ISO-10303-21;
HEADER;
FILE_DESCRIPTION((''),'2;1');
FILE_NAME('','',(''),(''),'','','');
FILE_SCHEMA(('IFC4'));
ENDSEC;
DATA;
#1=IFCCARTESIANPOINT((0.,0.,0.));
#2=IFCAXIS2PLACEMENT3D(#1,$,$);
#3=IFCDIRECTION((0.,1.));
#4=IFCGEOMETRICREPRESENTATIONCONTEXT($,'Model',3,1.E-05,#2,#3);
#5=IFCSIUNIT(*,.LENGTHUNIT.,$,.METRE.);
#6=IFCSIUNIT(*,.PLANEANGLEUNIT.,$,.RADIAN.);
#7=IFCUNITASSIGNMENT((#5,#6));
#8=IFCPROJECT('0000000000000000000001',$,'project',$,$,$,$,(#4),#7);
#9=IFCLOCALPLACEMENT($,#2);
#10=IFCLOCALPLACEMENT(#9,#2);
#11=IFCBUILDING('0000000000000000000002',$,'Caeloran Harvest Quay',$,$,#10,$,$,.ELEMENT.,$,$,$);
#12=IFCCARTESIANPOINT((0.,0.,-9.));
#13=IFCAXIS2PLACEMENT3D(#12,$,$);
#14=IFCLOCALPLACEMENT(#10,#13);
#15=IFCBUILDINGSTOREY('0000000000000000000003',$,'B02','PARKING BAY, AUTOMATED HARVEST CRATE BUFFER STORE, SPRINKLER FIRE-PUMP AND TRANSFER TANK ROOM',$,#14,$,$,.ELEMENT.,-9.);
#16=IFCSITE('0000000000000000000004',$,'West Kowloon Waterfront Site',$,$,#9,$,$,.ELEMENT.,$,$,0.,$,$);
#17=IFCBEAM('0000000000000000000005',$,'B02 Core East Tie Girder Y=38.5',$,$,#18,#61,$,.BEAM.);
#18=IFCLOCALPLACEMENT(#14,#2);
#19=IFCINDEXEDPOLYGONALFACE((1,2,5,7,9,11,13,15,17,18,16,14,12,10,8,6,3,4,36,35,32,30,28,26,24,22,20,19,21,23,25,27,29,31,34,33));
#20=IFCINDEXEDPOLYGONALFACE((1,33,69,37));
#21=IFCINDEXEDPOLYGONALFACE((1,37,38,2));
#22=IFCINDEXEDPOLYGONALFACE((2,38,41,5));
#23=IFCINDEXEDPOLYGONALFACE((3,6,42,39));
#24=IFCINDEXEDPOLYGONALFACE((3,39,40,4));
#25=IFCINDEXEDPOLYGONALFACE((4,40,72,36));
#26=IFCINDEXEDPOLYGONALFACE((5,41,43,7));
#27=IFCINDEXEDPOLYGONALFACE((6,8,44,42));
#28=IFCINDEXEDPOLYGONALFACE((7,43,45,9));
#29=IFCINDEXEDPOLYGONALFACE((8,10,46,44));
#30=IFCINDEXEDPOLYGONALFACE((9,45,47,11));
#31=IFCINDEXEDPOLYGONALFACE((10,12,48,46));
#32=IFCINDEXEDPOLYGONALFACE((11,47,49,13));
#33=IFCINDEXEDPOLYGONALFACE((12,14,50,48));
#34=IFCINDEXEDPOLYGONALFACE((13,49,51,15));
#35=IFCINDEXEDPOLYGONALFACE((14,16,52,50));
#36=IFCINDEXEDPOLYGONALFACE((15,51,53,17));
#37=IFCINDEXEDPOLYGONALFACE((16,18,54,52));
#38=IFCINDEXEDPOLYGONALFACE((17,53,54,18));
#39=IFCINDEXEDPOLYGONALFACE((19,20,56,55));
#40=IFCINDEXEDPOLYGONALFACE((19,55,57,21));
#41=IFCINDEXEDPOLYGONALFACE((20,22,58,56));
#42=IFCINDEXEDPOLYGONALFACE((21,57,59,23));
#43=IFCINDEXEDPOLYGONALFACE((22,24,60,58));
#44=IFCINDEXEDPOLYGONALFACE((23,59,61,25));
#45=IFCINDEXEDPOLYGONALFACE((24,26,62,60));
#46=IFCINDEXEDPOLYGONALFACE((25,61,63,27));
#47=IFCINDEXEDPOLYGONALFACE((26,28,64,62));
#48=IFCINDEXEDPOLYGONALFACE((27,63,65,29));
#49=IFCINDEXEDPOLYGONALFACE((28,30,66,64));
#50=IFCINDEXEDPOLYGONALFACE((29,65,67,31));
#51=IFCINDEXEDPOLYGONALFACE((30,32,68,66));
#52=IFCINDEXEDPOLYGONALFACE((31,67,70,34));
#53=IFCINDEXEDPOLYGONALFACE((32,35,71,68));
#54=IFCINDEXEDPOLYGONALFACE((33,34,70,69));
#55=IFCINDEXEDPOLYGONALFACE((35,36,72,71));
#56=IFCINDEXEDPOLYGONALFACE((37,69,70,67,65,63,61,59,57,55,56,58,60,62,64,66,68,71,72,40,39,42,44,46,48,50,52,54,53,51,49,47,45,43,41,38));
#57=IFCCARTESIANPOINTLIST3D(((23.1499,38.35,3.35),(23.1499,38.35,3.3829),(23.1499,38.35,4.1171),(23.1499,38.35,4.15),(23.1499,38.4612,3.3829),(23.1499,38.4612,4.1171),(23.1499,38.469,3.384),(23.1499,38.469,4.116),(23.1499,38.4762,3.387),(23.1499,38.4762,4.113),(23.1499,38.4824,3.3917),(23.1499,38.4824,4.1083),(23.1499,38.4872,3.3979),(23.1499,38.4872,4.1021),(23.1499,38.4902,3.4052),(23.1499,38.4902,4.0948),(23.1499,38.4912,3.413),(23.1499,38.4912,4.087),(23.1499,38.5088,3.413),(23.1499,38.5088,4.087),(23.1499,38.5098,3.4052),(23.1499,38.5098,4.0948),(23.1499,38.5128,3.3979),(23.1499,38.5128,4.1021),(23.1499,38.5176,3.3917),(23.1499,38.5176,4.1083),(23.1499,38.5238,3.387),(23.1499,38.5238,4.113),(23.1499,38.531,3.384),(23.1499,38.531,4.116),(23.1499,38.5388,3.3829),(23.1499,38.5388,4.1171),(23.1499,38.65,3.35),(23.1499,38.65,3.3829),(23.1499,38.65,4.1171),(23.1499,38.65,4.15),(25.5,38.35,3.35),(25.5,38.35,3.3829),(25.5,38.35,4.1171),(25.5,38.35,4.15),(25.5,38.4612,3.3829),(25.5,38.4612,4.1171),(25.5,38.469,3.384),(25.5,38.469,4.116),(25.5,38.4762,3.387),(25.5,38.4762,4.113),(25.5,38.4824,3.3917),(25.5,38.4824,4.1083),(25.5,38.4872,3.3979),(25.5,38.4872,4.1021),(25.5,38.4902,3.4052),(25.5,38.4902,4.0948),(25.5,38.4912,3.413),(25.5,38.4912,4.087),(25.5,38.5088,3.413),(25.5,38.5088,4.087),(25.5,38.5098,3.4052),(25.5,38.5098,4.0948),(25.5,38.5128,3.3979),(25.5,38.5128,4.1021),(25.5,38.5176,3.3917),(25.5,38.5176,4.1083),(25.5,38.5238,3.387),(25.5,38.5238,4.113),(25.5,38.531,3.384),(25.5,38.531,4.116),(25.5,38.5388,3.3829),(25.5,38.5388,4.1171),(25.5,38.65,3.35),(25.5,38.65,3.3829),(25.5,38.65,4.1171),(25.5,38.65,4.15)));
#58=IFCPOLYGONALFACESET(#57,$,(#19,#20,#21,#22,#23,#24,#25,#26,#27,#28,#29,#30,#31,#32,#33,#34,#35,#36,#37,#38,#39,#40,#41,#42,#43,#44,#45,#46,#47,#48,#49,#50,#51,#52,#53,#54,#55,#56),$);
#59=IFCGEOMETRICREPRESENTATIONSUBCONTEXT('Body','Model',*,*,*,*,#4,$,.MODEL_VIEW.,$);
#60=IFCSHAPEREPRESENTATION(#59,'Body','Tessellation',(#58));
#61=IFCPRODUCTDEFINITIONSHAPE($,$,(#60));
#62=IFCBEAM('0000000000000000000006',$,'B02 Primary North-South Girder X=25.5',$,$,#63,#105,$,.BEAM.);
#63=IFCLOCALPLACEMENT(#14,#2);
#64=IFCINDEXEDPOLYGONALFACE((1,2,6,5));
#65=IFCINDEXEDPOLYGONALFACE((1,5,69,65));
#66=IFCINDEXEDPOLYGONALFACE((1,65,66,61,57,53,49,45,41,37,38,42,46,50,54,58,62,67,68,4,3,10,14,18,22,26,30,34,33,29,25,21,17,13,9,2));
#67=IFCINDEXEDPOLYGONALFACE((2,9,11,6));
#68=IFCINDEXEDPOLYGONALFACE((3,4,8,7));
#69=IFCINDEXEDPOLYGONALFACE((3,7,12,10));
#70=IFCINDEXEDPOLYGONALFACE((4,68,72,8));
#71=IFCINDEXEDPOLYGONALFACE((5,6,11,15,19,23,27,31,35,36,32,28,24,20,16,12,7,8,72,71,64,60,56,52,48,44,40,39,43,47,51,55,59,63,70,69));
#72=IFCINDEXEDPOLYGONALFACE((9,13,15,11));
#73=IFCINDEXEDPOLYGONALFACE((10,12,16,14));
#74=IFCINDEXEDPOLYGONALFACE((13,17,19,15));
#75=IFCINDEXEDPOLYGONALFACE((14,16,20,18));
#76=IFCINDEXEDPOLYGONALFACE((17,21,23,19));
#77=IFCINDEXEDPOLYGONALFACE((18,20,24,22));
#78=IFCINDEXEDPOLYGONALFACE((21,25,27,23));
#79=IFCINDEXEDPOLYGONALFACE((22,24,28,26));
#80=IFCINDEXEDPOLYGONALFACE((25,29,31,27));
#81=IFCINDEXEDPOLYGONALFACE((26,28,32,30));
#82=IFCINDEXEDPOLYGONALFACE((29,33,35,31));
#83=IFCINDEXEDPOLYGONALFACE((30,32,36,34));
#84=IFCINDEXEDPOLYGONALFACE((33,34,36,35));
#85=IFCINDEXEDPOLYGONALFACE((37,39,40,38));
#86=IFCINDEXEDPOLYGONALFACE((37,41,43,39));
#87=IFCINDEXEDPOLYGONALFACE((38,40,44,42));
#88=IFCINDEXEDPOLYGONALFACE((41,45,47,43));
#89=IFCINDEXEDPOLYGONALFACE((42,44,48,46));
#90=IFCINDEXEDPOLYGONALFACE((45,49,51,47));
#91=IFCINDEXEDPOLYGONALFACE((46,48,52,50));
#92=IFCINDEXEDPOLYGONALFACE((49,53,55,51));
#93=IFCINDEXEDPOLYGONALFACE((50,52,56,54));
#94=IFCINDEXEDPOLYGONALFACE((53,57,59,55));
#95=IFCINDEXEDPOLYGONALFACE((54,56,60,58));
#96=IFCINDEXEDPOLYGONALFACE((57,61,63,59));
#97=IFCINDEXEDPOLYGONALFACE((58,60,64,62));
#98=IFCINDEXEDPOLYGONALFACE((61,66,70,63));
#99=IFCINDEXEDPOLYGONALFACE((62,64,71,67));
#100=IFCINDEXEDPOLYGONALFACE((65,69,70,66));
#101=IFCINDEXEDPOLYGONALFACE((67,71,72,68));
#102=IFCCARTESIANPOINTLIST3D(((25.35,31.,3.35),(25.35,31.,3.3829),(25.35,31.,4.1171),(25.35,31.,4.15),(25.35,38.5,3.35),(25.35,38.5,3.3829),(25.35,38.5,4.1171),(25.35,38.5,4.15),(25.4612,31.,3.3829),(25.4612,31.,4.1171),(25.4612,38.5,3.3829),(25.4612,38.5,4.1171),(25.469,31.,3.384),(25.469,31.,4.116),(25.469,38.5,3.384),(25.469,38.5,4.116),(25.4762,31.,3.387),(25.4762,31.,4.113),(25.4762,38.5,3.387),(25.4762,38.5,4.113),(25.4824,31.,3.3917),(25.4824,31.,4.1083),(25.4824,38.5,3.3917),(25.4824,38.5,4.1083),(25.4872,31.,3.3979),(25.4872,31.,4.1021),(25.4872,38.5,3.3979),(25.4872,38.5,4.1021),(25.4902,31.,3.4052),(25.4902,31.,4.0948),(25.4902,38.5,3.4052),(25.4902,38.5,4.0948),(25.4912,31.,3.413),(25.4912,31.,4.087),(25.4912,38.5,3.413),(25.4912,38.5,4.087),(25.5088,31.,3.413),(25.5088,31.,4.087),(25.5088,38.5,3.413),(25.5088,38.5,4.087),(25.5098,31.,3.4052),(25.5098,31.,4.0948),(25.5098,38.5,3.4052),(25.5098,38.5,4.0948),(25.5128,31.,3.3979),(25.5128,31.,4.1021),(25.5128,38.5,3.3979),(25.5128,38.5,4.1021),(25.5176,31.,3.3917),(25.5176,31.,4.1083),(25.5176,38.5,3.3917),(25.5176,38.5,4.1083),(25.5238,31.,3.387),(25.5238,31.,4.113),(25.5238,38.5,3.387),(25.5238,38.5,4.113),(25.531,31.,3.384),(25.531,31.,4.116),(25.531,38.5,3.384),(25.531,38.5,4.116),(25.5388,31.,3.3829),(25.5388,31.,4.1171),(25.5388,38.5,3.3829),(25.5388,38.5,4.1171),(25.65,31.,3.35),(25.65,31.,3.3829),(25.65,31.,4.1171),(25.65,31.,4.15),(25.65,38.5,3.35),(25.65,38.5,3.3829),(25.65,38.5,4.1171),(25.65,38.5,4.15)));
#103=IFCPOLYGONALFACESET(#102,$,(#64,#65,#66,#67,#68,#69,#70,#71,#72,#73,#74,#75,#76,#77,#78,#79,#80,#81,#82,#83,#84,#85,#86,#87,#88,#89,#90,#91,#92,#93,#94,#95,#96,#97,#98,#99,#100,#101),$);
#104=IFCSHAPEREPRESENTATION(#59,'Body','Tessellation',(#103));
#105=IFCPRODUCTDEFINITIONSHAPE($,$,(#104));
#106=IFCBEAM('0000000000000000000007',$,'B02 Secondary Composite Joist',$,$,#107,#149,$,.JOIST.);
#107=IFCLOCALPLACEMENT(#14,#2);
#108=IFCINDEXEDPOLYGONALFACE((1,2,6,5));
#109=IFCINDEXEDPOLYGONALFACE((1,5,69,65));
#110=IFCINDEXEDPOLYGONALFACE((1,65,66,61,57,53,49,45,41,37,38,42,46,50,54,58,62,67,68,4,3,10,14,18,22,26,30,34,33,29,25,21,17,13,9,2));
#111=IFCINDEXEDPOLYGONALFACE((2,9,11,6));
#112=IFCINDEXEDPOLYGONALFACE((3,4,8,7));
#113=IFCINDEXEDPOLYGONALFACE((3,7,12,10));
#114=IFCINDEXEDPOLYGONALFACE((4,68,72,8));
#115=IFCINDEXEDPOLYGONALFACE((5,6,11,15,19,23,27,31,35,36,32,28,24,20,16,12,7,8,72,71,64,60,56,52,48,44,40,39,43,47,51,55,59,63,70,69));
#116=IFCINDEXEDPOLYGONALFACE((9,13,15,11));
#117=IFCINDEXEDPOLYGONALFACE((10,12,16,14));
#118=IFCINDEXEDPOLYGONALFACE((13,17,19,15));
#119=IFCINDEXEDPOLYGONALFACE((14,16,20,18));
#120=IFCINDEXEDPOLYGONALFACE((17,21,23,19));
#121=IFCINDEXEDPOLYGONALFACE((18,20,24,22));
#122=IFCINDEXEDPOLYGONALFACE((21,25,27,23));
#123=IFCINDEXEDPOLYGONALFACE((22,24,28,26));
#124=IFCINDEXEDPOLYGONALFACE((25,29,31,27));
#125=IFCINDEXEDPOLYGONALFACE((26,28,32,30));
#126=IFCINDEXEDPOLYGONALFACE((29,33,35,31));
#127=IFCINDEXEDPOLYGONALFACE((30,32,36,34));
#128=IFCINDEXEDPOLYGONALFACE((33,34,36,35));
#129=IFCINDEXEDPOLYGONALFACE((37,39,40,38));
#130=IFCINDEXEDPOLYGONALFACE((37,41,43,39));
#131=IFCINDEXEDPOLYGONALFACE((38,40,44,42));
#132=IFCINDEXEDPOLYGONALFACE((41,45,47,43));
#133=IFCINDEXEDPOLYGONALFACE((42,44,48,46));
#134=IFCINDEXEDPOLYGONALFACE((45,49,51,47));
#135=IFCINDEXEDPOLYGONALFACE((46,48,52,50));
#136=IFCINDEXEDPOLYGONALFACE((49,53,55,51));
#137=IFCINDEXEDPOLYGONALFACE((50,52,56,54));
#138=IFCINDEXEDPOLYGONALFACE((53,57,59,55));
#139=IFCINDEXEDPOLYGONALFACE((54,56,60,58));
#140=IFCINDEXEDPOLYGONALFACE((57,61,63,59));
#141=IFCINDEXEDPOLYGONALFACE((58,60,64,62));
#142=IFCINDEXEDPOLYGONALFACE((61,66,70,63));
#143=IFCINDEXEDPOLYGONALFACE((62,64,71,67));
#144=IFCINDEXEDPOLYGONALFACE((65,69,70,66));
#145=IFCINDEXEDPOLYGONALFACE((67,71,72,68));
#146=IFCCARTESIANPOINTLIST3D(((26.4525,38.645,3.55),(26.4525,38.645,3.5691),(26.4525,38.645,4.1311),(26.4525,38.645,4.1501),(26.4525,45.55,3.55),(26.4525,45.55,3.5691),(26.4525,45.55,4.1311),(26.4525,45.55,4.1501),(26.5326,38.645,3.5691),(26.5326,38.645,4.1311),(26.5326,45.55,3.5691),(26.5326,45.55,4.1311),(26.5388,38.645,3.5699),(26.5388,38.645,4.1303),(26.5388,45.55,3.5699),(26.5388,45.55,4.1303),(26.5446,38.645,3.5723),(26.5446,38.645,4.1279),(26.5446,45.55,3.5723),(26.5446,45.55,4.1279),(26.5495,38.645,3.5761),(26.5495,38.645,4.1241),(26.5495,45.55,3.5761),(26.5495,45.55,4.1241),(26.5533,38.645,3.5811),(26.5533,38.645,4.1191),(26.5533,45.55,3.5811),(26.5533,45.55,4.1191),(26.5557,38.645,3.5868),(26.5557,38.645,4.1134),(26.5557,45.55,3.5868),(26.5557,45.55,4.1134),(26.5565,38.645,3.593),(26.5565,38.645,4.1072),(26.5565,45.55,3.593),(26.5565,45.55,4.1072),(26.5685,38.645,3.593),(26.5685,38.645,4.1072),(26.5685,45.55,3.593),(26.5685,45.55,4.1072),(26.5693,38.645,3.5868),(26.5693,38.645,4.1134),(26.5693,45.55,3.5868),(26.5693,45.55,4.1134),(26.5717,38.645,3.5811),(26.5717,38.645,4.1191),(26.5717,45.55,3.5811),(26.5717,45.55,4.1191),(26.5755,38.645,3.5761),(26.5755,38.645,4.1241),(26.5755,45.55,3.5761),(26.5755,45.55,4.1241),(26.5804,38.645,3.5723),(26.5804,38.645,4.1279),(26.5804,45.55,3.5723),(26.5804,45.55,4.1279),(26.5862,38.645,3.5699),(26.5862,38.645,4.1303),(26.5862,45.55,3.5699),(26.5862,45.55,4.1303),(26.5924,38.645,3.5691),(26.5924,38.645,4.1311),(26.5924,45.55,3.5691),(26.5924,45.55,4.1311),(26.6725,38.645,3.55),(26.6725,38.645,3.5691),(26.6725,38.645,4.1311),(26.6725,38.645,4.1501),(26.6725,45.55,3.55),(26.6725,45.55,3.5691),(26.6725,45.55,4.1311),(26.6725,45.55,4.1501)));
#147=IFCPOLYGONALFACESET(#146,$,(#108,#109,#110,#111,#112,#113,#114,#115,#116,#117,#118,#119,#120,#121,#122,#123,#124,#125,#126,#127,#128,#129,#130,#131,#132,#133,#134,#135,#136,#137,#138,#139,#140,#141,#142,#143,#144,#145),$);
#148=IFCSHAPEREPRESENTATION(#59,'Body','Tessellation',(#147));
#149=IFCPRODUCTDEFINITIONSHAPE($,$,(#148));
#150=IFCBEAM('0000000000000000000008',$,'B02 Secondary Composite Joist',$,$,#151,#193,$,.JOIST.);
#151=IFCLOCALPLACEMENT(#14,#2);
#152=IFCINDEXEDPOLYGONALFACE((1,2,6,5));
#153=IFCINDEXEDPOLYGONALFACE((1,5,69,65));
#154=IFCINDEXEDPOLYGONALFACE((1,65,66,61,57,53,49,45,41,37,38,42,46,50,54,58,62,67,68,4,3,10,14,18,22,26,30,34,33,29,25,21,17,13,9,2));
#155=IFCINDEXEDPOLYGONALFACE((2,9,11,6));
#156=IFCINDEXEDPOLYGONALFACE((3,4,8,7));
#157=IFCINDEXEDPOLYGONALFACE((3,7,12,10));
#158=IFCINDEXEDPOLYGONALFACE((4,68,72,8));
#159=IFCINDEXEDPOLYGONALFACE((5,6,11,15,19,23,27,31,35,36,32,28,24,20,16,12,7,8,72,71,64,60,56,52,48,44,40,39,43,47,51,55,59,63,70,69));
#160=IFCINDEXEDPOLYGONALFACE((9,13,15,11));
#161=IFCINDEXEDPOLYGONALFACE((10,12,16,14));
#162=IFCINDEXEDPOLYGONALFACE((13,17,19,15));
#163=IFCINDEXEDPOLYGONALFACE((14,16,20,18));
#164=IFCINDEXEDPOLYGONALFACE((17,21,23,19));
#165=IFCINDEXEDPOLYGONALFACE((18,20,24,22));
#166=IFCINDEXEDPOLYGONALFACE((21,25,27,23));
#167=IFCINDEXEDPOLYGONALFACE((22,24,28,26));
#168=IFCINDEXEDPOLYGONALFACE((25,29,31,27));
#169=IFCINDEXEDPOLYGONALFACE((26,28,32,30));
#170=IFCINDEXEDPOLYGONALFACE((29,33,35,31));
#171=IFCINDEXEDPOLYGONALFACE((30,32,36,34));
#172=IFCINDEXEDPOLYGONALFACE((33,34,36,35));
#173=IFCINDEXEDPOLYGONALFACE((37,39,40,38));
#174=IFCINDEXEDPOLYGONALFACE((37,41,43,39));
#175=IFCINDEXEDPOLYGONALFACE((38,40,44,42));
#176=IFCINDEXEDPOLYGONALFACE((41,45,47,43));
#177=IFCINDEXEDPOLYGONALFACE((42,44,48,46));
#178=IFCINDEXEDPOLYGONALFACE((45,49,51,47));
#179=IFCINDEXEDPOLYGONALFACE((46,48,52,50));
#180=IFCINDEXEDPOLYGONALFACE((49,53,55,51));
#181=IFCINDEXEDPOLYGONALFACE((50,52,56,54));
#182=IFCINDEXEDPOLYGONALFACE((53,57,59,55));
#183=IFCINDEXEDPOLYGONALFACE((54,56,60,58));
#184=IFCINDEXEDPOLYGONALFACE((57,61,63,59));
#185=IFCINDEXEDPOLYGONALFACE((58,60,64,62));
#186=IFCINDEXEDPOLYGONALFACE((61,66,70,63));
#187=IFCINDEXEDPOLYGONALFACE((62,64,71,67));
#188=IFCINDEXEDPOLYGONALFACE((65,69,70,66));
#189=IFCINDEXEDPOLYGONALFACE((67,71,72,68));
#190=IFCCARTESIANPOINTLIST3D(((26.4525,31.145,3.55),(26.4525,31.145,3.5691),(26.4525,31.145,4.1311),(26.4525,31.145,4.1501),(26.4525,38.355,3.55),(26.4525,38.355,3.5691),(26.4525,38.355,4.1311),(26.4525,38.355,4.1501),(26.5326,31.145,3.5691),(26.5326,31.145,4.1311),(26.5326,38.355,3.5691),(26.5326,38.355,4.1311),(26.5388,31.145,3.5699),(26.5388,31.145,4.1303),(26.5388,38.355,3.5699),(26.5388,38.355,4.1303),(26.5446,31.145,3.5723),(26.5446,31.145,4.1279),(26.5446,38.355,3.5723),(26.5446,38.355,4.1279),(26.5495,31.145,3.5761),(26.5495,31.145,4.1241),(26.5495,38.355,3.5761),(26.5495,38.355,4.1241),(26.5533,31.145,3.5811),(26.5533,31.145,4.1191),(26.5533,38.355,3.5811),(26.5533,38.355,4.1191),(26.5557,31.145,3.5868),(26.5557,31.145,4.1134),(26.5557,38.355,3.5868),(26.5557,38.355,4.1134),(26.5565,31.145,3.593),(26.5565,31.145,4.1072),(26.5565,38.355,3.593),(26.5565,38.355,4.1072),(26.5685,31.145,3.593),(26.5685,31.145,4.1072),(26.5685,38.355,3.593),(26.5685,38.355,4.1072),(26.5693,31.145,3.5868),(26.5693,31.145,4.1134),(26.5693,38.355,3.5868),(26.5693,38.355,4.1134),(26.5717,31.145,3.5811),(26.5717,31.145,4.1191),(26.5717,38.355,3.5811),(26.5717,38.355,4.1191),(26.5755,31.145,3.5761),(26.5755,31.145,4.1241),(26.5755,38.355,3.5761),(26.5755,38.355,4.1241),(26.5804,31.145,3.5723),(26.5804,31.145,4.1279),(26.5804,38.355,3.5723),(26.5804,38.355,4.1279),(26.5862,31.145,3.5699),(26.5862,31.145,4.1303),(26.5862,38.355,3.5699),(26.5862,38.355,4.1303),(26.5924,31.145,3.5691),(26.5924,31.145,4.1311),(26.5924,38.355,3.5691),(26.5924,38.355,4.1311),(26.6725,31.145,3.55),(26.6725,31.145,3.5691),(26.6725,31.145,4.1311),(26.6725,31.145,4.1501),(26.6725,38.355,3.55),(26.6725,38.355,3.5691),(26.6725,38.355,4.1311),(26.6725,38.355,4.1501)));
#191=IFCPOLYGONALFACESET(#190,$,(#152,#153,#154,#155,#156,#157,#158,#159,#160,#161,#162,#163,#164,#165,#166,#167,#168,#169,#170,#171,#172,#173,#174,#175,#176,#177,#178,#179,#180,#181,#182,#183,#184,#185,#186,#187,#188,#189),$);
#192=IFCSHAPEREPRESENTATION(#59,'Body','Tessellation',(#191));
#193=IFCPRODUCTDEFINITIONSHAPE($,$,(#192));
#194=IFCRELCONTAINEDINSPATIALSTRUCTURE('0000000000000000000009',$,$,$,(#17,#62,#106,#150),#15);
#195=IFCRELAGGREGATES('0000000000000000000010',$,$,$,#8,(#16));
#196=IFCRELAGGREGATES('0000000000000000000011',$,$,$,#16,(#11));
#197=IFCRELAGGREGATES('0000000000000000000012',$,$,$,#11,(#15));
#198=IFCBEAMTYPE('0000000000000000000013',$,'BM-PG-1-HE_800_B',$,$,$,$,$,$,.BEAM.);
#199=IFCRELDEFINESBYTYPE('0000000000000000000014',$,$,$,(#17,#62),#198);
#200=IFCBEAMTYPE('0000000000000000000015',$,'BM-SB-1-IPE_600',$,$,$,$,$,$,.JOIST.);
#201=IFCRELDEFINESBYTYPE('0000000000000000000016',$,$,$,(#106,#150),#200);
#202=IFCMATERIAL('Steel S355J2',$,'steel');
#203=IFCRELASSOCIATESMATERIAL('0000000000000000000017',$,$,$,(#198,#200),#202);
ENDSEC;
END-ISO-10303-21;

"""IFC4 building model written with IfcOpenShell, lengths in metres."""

from ifc_helpers import new_model, si_unit, direction, frame, origin, origin_2d, place, context, subcontext, project, spatial, i_section, extrude, material, material_profile, profile_set, type_object, element, save


model = new_model("IFC4")

# Units and contexts
model_context = context("Model", 3, precision=1e-05, world=origin(), true_north=direction((0.0, 1.0)))
body_context = subcontext(model_context, "Body", "Model", "MODEL_VIEW")
ifc_project = project(units=[si_unit("LENGTHUNIT", "METRE"), si_unit("PLANEANGLEUNIT", "RADIAN")], contexts=[model_context])

# Site, building, storey
site_placement = place(None, origin())
site = spatial("IfcSite", under=ifc_project, at=site_placement, Name="West Kowloon Waterfront Site", CompositionType="ELEMENT", RefElevation=0.0)
building_placement = place(site_placement, origin())
building = spatial("IfcBuilding", under=site, at=building_placement, Name="Caeloran Harvest Quay", CompositionType="ELEMENT")
storey_placement = place(building_placement, frame((0.0, 0.0, -9.0)))
storey = spatial("IfcBuildingStorey", under=building, at=storey_placement, Name="B02", Description="PARKING BAY, AUTOMATED HARVEST CRATE BUFFER STORE, SPRINKLER FIRE-PUMP AND TRANSFER TANK ROOM", CompositionType="ELEMENT", Elevation=-9.0)

# Beams
ifc_material_1 = material(Name="Steel S355J2", Category="steel")
ifc_material_profile_1 = material_profile(ifc_material_1, i_section(OverallWidth=0.3, OverallDepth=0.8, WebThickness=0.0176, FlangeThickness=0.033, FilletRadius=0.03, at=origin_2d()), Name="HE 800 B")
ifc_profile_set_1 = profile_set([ifc_material_profile_1], Name="Steel S355J2")
beam_type_1 = type_object("IfcBeamType", Name="BM-PG-1-HE_800_B", PredefinedType="BEAM", material=ifc_profile_set_1)
beam_1_placement = place(storey_placement, frame((23.1499, 38.5, 3.75), z_axis=(1.0, 0.0, 0.0), x_axis=(0.0, 1.0, 0.0)))
element("IfcBeam", 1, at=beam_1_placement, inside=storey, type_object=beam_type_1, Name="B02 Core East Tie Girder Y=38.5", PredefinedType="BEAM", context=body_context, shape_type="SweptSolid", body=[
    extrude(i_section(OverallWidth=0.3, OverallDepth=0.8, WebThickness=0.0176, FlangeThickness=0.033, FilletRadius=0.03, at=origin_2d()), origin(), (0.0, 0.0, 1.0), 2.3501),
])
beam_2_placement = place(storey_placement, frame((25.5, 31.0, 3.75), z_axis=(0.0, 1.0, 0.0), x_axis=(-1.0, 0.0, 0.0)))
element("IfcBeam", 2, at=beam_2_placement, inside=storey, type_object=beam_type_1, Name="B02 Primary North-South Girder X=25.5", PredefinedType="BEAM", context=body_context, shape_type="SweptSolid", body=[
    extrude(i_section(OverallWidth=0.3, OverallDepth=0.8, WebThickness=0.0176, FlangeThickness=0.033, FilletRadius=0.03, at=origin_2d()), origin(), (0.0, 0.0, 1.0), 7.5),
])
ifc_material_profile_2 = material_profile(ifc_material_1, i_section(OverallWidth=0.22, OverallDepth=0.6001, WebThickness=0.012, FlangeThickness=0.019, FilletRadius=0.0239, at=origin_2d()), Name="IPE 600")
ifc_profile_set_2 = profile_set([ifc_material_profile_2], Name="Steel S355J2")
beam_type_2 = type_object("IfcBeamType", Name="BM-SB-1-IPE_600", PredefinedType="JOIST", material=ifc_profile_set_2)
beam_3_placement = place(storey_placement, frame((26.5625, 38.645, 3.8501), z_axis=(0.0, 1.0, 0.0), x_axis=(-1.0, 0.0, 0.0)))
element("IfcBeam", 3, at=beam_3_placement, inside=storey, type_object=beam_type_2, Name="B02 Secondary Composite Joist", PredefinedType="JOIST", context=body_context, shape_type="SweptSolid", body=[
    extrude(i_section(OverallWidth=0.22, OverallDepth=0.6001, WebThickness=0.012, FlangeThickness=0.019, FilletRadius=0.0239, at=origin_2d()), origin(), (0.0, 0.0, 1.0), 6.905),
])
beam_4_placement = place(storey_placement, frame((26.5625, 31.145, 3.8501), z_axis=(0.0, 1.0, 0.0), x_axis=(-1.0, 0.0, 0.0)))
element("IfcBeam", 4, at=beam_4_placement, inside=storey, type_object=beam_type_2, Name="B02 Secondary Composite Joist", PredefinedType="JOIST", context=body_context, shape_type="SweptSolid", body=[
    extrude(i_section(OverallWidth=0.22, OverallDepth=0.6001, WebThickness=0.012, FlangeThickness=0.019, FilletRadius=0.0239, at=origin_2d()), origin(), (0.0, 0.0, 1.0), 7.21),
])

save(model, "model.ifc")
